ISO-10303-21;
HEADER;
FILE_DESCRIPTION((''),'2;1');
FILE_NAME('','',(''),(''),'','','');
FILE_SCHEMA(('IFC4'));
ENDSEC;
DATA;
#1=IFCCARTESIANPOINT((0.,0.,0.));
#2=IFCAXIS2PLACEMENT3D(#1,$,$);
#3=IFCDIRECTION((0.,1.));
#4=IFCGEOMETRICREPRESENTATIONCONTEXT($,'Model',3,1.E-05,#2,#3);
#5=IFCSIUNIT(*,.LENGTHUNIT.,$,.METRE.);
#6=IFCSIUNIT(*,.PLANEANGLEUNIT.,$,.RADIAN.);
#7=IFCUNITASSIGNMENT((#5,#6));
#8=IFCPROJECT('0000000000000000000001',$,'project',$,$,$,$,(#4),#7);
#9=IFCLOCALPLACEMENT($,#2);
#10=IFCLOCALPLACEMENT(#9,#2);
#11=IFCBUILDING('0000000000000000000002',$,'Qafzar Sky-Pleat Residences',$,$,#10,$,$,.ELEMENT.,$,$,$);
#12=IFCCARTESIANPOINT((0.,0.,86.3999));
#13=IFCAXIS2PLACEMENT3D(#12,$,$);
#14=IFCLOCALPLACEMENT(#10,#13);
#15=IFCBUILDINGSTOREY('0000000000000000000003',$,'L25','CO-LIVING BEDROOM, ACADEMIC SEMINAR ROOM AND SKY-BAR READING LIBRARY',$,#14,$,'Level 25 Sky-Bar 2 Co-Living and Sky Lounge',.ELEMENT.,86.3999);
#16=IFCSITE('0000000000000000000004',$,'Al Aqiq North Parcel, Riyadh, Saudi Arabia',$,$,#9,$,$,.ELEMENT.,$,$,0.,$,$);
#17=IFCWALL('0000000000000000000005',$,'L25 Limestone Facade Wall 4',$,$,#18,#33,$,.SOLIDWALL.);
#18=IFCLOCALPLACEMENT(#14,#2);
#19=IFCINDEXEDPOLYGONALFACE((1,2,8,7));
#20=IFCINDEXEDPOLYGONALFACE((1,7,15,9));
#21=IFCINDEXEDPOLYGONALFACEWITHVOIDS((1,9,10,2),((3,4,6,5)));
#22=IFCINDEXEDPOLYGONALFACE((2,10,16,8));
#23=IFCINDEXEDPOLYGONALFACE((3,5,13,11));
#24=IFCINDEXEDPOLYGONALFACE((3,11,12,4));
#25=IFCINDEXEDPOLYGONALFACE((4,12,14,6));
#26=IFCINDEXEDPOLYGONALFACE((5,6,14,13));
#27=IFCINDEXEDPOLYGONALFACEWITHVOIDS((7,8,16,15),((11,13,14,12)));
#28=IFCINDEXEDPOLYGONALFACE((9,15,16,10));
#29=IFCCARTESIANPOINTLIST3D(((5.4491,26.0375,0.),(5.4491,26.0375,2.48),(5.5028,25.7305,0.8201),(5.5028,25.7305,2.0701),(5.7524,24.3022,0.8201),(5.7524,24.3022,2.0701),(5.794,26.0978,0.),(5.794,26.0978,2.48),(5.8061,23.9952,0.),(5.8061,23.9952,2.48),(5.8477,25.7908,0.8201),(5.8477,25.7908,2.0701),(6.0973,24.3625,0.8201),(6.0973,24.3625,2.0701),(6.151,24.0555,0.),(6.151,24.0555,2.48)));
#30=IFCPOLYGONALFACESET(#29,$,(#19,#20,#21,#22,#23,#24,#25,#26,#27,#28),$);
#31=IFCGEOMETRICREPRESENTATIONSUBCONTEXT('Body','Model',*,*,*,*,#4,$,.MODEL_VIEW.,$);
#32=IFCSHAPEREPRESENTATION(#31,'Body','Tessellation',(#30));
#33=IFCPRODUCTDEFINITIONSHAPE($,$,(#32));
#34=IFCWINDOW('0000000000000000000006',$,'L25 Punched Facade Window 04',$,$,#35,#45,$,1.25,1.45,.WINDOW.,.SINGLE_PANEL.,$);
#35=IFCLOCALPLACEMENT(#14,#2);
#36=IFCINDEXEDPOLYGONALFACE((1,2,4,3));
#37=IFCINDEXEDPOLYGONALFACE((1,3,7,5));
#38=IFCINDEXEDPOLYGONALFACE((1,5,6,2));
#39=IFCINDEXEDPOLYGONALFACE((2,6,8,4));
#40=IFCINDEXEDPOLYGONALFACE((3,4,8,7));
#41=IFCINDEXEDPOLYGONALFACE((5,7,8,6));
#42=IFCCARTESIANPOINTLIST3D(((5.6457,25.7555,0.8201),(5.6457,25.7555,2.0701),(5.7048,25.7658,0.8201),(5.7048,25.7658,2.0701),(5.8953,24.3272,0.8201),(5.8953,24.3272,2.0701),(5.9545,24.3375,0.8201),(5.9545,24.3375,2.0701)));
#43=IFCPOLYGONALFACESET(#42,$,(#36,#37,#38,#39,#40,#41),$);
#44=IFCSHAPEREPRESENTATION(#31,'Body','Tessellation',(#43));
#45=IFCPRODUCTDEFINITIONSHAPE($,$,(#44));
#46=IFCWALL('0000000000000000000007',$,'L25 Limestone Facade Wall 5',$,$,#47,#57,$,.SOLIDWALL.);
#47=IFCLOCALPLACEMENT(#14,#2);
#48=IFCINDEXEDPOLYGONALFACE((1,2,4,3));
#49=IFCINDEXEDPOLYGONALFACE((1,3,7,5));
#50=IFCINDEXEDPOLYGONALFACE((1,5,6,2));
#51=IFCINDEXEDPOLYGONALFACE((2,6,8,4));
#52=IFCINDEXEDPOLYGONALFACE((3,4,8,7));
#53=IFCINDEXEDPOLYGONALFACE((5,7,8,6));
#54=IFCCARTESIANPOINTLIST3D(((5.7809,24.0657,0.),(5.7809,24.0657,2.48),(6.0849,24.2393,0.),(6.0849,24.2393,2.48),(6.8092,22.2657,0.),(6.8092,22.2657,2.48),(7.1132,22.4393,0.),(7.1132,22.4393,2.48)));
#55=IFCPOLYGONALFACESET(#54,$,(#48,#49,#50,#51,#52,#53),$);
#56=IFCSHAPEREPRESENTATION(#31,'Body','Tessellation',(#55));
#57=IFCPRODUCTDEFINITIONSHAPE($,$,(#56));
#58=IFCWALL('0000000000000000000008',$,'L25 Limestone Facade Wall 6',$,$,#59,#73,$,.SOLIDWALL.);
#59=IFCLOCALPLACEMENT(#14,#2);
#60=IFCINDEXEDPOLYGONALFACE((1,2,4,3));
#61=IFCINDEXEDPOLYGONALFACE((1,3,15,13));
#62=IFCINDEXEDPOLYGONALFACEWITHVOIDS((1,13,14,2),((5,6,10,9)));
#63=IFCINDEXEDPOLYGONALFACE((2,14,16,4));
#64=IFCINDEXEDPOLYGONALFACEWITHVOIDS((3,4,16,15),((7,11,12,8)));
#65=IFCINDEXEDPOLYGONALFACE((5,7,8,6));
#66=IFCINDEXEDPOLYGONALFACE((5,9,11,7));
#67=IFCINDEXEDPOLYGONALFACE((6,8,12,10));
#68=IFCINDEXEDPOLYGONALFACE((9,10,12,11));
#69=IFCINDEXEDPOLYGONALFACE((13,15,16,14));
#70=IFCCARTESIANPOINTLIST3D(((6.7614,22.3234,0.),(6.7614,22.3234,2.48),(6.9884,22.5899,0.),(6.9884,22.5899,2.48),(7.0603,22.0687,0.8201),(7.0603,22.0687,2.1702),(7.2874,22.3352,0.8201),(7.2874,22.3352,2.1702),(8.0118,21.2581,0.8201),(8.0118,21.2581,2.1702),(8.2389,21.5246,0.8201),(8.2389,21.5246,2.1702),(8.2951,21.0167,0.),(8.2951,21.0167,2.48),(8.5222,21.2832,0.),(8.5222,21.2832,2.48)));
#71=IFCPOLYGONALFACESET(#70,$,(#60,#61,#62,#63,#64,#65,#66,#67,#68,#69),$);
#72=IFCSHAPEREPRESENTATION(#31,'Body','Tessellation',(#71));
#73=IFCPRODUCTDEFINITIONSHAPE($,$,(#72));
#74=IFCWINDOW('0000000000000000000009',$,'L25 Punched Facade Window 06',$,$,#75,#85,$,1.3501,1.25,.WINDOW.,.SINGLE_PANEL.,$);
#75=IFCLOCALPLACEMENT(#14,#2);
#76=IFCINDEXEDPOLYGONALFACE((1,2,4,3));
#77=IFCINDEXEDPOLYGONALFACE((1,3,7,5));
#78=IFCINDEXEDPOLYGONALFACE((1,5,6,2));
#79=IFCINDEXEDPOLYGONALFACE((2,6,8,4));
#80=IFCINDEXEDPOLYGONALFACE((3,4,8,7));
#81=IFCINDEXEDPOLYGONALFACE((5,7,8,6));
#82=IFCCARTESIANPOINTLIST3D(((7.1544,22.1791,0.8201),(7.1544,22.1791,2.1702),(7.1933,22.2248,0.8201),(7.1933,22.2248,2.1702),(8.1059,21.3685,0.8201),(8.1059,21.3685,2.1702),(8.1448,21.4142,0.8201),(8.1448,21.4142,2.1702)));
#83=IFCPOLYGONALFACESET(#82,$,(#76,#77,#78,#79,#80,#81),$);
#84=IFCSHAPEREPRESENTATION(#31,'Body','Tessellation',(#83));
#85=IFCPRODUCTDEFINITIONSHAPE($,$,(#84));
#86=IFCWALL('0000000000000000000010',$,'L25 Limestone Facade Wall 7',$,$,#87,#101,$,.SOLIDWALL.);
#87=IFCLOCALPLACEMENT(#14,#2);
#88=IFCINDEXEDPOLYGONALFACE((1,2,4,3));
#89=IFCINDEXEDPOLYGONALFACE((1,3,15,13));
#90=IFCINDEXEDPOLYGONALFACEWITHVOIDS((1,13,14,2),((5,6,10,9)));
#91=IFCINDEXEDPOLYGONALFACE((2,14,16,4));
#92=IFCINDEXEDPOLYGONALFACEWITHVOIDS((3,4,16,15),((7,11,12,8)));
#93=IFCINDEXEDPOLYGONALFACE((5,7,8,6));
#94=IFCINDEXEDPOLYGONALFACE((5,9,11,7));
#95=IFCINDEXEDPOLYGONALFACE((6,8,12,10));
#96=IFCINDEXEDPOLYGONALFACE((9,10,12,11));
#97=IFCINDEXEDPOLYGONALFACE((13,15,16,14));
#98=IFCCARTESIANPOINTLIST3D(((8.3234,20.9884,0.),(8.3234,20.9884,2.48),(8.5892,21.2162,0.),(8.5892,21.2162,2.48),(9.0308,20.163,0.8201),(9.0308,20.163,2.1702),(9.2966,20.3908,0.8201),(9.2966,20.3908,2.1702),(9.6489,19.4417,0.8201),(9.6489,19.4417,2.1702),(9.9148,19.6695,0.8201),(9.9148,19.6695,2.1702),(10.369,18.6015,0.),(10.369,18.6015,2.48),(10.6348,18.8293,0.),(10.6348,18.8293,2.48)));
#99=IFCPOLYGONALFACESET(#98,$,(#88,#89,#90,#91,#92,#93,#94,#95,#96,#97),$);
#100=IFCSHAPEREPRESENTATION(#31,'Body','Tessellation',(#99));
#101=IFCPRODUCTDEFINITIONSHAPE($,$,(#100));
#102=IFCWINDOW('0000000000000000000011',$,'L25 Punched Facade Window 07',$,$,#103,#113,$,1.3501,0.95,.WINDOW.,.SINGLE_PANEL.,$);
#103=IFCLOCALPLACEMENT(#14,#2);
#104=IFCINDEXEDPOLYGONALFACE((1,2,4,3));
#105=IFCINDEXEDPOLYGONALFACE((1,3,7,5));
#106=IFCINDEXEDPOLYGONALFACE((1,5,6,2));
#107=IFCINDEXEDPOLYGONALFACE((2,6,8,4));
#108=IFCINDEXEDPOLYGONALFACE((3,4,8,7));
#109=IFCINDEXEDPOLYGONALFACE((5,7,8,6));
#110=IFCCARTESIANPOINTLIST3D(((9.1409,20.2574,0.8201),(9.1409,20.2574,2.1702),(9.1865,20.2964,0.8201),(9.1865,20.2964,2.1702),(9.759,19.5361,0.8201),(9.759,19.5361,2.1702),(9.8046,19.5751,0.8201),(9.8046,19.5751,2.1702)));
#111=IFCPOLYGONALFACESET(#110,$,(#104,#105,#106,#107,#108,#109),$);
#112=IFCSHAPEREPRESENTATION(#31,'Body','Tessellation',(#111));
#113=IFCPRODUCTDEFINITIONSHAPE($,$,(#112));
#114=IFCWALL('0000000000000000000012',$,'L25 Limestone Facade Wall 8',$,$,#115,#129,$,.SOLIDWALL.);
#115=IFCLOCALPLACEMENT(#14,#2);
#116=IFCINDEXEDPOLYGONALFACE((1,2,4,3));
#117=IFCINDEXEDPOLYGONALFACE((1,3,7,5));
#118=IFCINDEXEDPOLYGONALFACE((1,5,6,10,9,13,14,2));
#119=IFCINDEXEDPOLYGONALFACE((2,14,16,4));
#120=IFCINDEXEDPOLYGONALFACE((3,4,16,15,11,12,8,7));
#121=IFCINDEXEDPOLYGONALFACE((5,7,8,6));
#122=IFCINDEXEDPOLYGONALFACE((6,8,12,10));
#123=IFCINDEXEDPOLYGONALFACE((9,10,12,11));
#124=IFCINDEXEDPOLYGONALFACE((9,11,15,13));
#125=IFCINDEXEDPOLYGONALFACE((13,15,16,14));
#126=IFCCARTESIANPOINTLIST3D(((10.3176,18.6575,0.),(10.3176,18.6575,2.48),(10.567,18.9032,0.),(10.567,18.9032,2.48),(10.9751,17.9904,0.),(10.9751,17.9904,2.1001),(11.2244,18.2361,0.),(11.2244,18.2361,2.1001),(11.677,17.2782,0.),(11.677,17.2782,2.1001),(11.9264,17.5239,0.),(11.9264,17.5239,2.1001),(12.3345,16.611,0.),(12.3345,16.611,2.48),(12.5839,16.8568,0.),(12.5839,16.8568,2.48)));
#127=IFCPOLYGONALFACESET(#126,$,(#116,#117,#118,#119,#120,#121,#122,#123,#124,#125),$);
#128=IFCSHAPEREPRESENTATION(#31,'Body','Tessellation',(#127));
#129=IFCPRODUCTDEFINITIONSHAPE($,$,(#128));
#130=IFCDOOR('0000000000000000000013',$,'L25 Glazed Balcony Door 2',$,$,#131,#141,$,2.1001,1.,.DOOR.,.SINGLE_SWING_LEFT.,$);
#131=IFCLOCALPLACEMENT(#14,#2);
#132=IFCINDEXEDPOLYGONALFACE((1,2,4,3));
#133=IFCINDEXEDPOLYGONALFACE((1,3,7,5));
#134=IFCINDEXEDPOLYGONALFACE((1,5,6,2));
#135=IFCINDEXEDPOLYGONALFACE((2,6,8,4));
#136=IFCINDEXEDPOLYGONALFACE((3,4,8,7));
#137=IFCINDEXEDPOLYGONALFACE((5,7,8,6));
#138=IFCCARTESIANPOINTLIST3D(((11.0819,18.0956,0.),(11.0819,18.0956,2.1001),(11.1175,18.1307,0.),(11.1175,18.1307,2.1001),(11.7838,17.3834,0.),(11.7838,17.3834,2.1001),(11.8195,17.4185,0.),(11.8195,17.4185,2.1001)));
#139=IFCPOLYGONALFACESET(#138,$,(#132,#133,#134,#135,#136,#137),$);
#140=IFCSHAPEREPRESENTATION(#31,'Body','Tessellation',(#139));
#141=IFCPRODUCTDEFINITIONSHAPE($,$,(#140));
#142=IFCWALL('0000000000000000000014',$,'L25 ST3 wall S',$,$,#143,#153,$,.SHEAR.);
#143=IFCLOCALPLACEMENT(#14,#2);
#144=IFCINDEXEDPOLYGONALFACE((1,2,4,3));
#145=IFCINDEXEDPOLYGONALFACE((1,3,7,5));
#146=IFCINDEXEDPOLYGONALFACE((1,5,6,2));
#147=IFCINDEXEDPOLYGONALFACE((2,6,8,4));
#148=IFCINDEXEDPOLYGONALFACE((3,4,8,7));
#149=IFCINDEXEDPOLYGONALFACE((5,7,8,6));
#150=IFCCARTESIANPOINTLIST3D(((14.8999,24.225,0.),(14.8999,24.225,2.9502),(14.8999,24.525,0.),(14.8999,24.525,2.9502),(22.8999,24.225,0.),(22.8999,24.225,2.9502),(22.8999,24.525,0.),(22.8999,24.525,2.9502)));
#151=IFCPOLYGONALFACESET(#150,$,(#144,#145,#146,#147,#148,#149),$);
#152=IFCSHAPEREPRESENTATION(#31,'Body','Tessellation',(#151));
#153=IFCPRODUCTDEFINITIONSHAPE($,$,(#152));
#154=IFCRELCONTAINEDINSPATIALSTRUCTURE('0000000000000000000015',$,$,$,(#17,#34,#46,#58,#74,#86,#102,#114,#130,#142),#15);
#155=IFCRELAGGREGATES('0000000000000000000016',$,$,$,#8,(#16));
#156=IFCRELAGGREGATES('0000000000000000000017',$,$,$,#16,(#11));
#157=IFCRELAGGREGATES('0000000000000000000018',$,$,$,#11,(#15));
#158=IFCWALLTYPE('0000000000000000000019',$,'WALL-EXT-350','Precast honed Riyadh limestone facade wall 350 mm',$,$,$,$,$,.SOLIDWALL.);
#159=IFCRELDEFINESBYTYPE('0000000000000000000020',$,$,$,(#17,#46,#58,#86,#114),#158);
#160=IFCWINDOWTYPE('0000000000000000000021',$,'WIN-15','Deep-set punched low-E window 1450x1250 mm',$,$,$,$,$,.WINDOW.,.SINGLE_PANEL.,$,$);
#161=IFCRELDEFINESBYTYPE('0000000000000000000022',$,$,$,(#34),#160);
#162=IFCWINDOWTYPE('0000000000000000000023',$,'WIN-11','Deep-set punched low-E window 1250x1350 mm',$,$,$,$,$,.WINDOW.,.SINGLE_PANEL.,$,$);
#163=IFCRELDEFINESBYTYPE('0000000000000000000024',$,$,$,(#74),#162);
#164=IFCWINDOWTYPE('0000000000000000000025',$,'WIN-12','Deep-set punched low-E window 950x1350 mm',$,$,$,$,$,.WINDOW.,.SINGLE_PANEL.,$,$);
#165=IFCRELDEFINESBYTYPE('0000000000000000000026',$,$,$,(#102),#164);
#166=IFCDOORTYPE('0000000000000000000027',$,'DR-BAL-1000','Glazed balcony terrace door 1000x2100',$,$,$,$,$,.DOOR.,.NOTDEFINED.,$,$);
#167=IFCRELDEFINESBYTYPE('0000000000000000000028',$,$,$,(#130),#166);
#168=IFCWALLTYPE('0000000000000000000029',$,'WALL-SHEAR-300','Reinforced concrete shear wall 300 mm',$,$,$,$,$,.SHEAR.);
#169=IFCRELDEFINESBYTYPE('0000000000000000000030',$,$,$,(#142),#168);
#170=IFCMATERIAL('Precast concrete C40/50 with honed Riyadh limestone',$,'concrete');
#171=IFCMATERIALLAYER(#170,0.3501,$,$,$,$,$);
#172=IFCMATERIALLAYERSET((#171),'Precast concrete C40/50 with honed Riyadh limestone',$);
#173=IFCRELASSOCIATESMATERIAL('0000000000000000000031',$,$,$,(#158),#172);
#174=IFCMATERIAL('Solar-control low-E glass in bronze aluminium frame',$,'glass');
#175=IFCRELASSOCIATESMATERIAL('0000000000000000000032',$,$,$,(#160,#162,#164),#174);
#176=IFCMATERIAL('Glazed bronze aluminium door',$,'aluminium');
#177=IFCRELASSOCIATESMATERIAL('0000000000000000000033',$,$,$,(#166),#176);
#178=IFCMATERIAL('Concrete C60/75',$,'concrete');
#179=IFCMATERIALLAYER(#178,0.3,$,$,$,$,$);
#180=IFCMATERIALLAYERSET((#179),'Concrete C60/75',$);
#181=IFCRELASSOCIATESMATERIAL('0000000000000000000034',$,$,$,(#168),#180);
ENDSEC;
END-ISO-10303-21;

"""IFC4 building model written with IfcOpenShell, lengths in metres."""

from ifc_helpers import new_model, si_unit, direction, frame, frame_2d, origin, place, context, subcontext, project, spatial, rectangle, extrude, source, transform, mapped, material, layer, layer_set, type_object, element, fill, save


model = new_model("IFC4")

# Units and contexts
model_context = context("Model", 3, precision=1e-05, world=origin(), true_north=direction((0.0, 1.0)))
body_context = subcontext(model_context, "Body", "Model", "MODEL_VIEW")
ifc_project = project(units=[si_unit("LENGTHUNIT", "METRE"), si_unit("PLANEANGLEUNIT", "RADIAN")], contexts=[model_context])

# Site, building, storey
site_placement = place(None, origin())
site = spatial("IfcSite", under=ifc_project, at=site_placement, Name="Al Aqiq North Parcel, Riyadh, Saudi Arabia", CompositionType="ELEMENT", RefElevation=0.0)
building_placement = place(site_placement, origin())
building = spatial("IfcBuilding", under=site, at=building_placement, Name="Qafzar Sky-Pleat Residences", CompositionType="ELEMENT")
storey_placement = place(building_placement, frame((0.0, 0.0, 86.3999)))
storey = spatial("IfcBuildingStorey", under=building, at=storey_placement, Name="L25", Description="CO-LIVING BEDROOM, ACADEMIC SEMINAR ROOM AND SKY-BAR READING LIBRARY", LongName="Level 25 Sky-Bar 2 Co-Living and Sky Lounge", CompositionType="ELEMENT", Elevation=86.3999)

# Shared definitions
ifc_material_1 = material(Name="Concrete C60/75", Category="concrete")

# Wall, opening, window
ifc_material_2 = material(Name="Precast concrete C40/50 with honed Riyadh limestone", Category="concrete")
ifc_layer_1 = layer(ifc_material_2, 0.3501)
ifc_layer_set_1 = layer_set([ifc_layer_1], Name="Precast concrete C40/50 with honed Riyadh limestone")
wall_type_1 = type_object("IfcWallType", Name="WALL-EXT-350", Description="Precast honed Riyadh limestone facade wall 350 mm", PredefinedType="SOLIDWALL", material=ifc_layer_set_1)
wall_1_placement = place(storey_placement, frame((5.6216, 26.0676, 0.0), z_axis=(0.0, 0.0, 1.0), x_axis=(0.172166, -0.985068, 0.0)))
wall_1 = element("IfcWall", 1, at=wall_1_placement, inside=storey, type_object=wall_type_1, Name="L25 Limestone Facade Wall 4", PredefinedType="SOLIDWALL", context=body_context, shape_type="SweptSolid", body=[
    extrude(rectangle(XDim=2.0732, YDim=0.3501, at=frame_2d((1.0366, 0.0))), origin(), (0.0, 0.0, 1.0), 2.48),
])
opening_1_placement = place(wall_1_placement, frame((0.3115, 0.0, 0.8201)))
opening_1 = element("IfcOpeningElement", 2, at=opening_1_placement, cuts=wall_1, PredefinedType="OPENING", context=body_context, shape_type="SweptSolid", body=[
    extrude(rectangle(XDim=1.45, YDim=1.25, at=frame_2d((0.7251, 0.625))), frame((0.0, 0.1851, 0.0), z_axis=(0.0, -1.0, 0.0), x_axis=(1.0, 0.0, 0.0)), (0.0, 0.0, 1.0), 0.3701),
])
ifc_material_3 = material(Name="Solar-control low-E glass in bronze aluminium frame", Category="glass")
window_type_1 = type_object("IfcWindowType", Name="WIN-15", Description="Deep-set punched low-E window 1450x1250 mm", PartitioningType="SINGLE_PANEL", PredefinedType="WINDOW", material=ifc_material_3)
shared_shape_1 = source(origin(), body_context, "Body", "SweptSolid", [
    extrude(rectangle(XDim=1.45, YDim=1.25, at=frame_2d((0.7251, 0.625))), frame((0.0, 0.03, 0.0), z_axis=(0.0, -1.0, 0.0), x_axis=(1.0, 0.0, 0.0)), (0.0, 0.0, 1.0), 0.0601),
])
window_1_placement = place(opening_1_placement, origin())
window_1 = element("IfcWindow", 3, at=window_1_placement, inside=storey, type_object=window_type_1, Name="L25 Punched Facade Window 04", OverallHeight=1.25, OverallWidth=1.45, PartitioningType="SINGLE_PANEL", PredefinedType="WINDOW", context=body_context, shape_type="MappedRepresentation", body=[
    mapped(shared_shape_1, transform((0.0, 0.0, 0.0), x_axis=(1.0, 0.0, 0.0), y_axis=(0.0, 1.0, 0.0), z_axis=(0.0, 0.0, 1.0), scale=1.0)),
])
fill(opening_1, window_1)

# Wall
wall_2_placement = place(storey_placement, frame((5.9329, 24.1526, 0.0), z_axis=(0.0, 0.0, 1.0), x_axis=(0.496037, -0.868301, 0.0)))
element("IfcWall", 4, at=wall_2_placement, inside=storey, type_object=wall_type_1, Name="L25 Limestone Facade Wall 5", PredefinedType="SOLIDWALL", context=body_context, shape_type="SweptSolid", body=[
    extrude(rectangle(XDim=2.073, YDim=0.3501, at=frame_2d((1.0366, 0.0))), origin(), (0.0, 0.0, 1.0), 2.48),
])

# Walls, openings, windows
wall_3_placement = place(storey_placement, frame((6.875, 22.4565, 0.0), z_axis=(0.0, 0.0, 1.0), x_axis=(0.761203, -0.648513, 0.0)))
wall_3 = element("IfcWall", 5, at=wall_3_placement, inside=storey, type_object=wall_type_1, Name="L25 Limestone Facade Wall 6", PredefinedType="SOLIDWALL", context=body_context, shape_type="SweptSolid", body=[
    extrude(rectangle(XDim=2.0149, YDim=0.3501, at=frame_2d((1.0073, 0.0))), origin(), (0.0, 0.0, 1.0), 2.48),
])
opening_2_placement = place(wall_3_placement, frame((0.3926, 0.0, 0.8201)))
opening_2 = element("IfcOpeningElement", 6, at=opening_2_placement, cuts=wall_3, PredefinedType="OPENING", context=body_context, shape_type="SweptSolid", body=[
    extrude(rectangle(XDim=1.25, YDim=1.3501, at=frame_2d((0.625, 0.675))), frame((0.0, 0.1851, 0.0), z_axis=(0.0, -1.0, 0.0), x_axis=(1.0, 0.0, 0.0)), (0.0, 0.0, 1.0), 0.3701),
])
window_type_2 = type_object("IfcWindowType", Name="WIN-11", Description="Deep-set punched low-E window 1250x1350 mm", PartitioningType="SINGLE_PANEL", PredefinedType="WINDOW", material=ifc_material_3)
shared_shape_2 = source(origin(), body_context, "Body", "SweptSolid", [
    extrude(rectangle(XDim=1.25, YDim=1.3501, at=frame_2d((0.625, 0.675))), frame((0.0, 0.03, 0.0), z_axis=(0.0, -1.0, 0.0), x_axis=(1.0, 0.0, 0.0)), (0.0, 0.0, 1.0), 0.0601),
])
window_2_placement = place(opening_2_placement, origin())
window_2 = element("IfcWindow", 7, at=window_2_placement, inside=storey, type_object=window_type_2, Name="L25 Punched Facade Window 06", OverallHeight=1.3501, OverallWidth=1.25, PartitioningType="SINGLE_PANEL", PredefinedType="WINDOW", context=body_context, shape_type="MappedRepresentation", body=[
    mapped(shared_shape_2, transform((0.0, 0.0, 0.0), x_axis=(1.0, 0.0, 0.0), y_axis=(0.0, 1.0, 0.0), z_axis=(0.0, 0.0, 1.0), scale=1.0)),
])
fill(opening_2, window_2)
wall_4_placement = place(storey_placement, frame((8.4563, 21.1023, 0.0), z_axis=(0.0, 0.0, 1.0), x_axis=(0.650734, -0.759306, 0.0)))
wall_4 = element("IfcWall", 8, at=wall_4_placement, inside=storey, type_object=wall_type_1, Name="L25 Limestone Facade Wall 7", PredefinedType="SOLIDWALL", context=body_context, shape_type="SweptSolid", body=[
    extrude(rectangle(XDim=3.1436, YDim=0.3501, at=frame_2d((1.5718, 0.0))), origin(), (0.0, 0.0, 1.0), 2.48),
])
opening_3_placement = place(wall_4_placement, frame((1.0869, 0.0, 0.8201)))
opening_3 = element("IfcOpeningElement", 9, at=opening_3_placement, cuts=wall_4, PredefinedType="OPENING", context=body_context, shape_type="SweptSolid", body=[
    extrude(rectangle(XDim=0.95, YDim=1.3501, at=frame_2d((0.4751, 0.675))), frame((0.0, 0.1851, 0.0), z_axis=(0.0, -1.0, 0.0), x_axis=(1.0, 0.0, 0.0)), (0.0, 0.0, 1.0), 0.3701),
])
window_type_3 = type_object("IfcWindowType", Name="WIN-12", Description="Deep-set punched low-E window 950x1350 mm", PartitioningType="SINGLE_PANEL", PredefinedType="WINDOW", material=ifc_material_3)
shared_shape_3 = source(origin(), body_context, "Body", "SweptSolid", [
    extrude(rectangle(XDim=0.95, YDim=1.3501, at=frame_2d((0.4751, 0.675))), frame((0.0, 0.03, 0.0), z_axis=(0.0, -1.0, 0.0), x_axis=(1.0, 0.0, 0.0)), (0.0, 0.0, 1.0), 0.0601),
])
window_3_placement = place(opening_3_placement, origin())
window_3 = element("IfcWindow", 10, at=window_3_placement, inside=storey, type_object=window_type_3, Name="L25 Punched Facade Window 07", OverallHeight=1.3501, OverallWidth=0.95, PartitioningType="SINGLE_PANEL", PredefinedType="WINDOW", context=body_context, shape_type="MappedRepresentation", body=[
    mapped(shared_shape_3, transform((0.0, 0.0, 0.0), x_axis=(1.0, 0.0, 0.0), y_axis=(0.0, 1.0, 0.0), z_axis=(0.0, 0.0, 1.0), scale=1.0)),
])
fill(opening_3, window_3)

# Wall, opening, door
wall_5_placement = place(storey_placement, frame((10.4424, 18.7803, 0.0), z_axis=(0.0, 0.0, 1.0), x_axis=(0.701947, -0.712229, 0.0)))
wall_5 = element("IfcWall", 11, at=wall_5_placement, inside=storey, type_object=wall_type_1, Name="L25 Limestone Facade Wall 8", PredefinedType="SOLIDWALL", context=body_context, shape_type="SweptSolid", body=[
    extrude(rectangle(XDim=2.8733, YDim=0.3501, at=frame_2d((1.4365, 0.0))), origin(), (0.0, 0.0, 1.0), 2.48),
])
opening_4_placement = place(wall_5_placement, frame((0.9365, 0.0, 0.0)))
opening_4 = element("IfcOpeningElement", 12, at=opening_4_placement, cuts=wall_5, PredefinedType="OPENING", context=body_context, shape_type="SweptSolid", body=[
    extrude(rectangle(XDim=1.0, YDim=2.1001, at=frame_2d((0.5, 1.05))), frame((0.0, 0.1851, 0.0), z_axis=(0.0, -1.0, 0.0), x_axis=(1.0, 0.0, 0.0)), (0.0, 0.0, 1.0), 0.3701),
])
ifc_material_4 = material(Name="Glazed bronze aluminium door", Category="aluminium")
door_type = type_object("IfcDoorType", Name="DR-BAL-1000", Description="Glazed balcony terrace door 1000x2100", OperationType="NOTDEFINED", PredefinedType="DOOR", material=ifc_material_4)
shared_shape_4 = source(origin(), body_context, "Body", "SweptSolid", [
    extrude(rectangle(XDim=1.0, YDim=2.1001, at=frame_2d((0.5, 1.05))), frame((0.0, 0.0249, 0.0), z_axis=(0.0, -1.0, 0.0), x_axis=(1.0, 0.0, 0.0)), (0.0, 0.0, 1.0), 0.05),
])
door_placement = place(opening_4_placement, origin())
door = element("IfcDoor", 13, at=door_placement, inside=storey, type_object=door_type, Name="L25 Glazed Balcony Door 2", OperationType="SINGLE_SWING_LEFT", OverallHeight=2.1001, OverallWidth=1.0, PredefinedType="DOOR", context=body_context, shape_type="MappedRepresentation", body=[
    mapped(shared_shape_4, transform((0.0, 0.0, 0.0), x_axis=(1.0, 0.0, 0.0), y_axis=(0.0, 1.0, 0.0), z_axis=(0.0, 0.0, 1.0), scale=1.0)),
])
fill(opening_4, door)

# Wall
ifc_layer_2 = layer(ifc_material_1, 0.3)
ifc_layer_set_2 = layer_set([ifc_layer_2], Name="Concrete C60/75")
wall_type_2 = type_object("IfcWallType", Name="WALL-SHEAR-300", Description="Reinforced concrete shear wall 300 mm", PredefinedType="SHEAR", material=ifc_layer_set_2)
wall_6_placement = place(storey_placement, frame((14.8999, 24.375, 0.0), z_axis=(0.0, 0.0, 1.0), x_axis=(1.0, 0.0, 0.0)))
element("IfcWall", 14, at=wall_6_placement, inside=storey, type_object=wall_type_2, Name="L25 ST3 wall S", PredefinedType="SHEAR", context=body_context, shape_type="SweptSolid", body=[
    extrude(rectangle(XDim=8.0, YDim=0.3, at=frame_2d((4.0, 0.0))), origin(), (0.0, 0.0, 1.0), 2.9502),
])

save(model, "model.ifc")
